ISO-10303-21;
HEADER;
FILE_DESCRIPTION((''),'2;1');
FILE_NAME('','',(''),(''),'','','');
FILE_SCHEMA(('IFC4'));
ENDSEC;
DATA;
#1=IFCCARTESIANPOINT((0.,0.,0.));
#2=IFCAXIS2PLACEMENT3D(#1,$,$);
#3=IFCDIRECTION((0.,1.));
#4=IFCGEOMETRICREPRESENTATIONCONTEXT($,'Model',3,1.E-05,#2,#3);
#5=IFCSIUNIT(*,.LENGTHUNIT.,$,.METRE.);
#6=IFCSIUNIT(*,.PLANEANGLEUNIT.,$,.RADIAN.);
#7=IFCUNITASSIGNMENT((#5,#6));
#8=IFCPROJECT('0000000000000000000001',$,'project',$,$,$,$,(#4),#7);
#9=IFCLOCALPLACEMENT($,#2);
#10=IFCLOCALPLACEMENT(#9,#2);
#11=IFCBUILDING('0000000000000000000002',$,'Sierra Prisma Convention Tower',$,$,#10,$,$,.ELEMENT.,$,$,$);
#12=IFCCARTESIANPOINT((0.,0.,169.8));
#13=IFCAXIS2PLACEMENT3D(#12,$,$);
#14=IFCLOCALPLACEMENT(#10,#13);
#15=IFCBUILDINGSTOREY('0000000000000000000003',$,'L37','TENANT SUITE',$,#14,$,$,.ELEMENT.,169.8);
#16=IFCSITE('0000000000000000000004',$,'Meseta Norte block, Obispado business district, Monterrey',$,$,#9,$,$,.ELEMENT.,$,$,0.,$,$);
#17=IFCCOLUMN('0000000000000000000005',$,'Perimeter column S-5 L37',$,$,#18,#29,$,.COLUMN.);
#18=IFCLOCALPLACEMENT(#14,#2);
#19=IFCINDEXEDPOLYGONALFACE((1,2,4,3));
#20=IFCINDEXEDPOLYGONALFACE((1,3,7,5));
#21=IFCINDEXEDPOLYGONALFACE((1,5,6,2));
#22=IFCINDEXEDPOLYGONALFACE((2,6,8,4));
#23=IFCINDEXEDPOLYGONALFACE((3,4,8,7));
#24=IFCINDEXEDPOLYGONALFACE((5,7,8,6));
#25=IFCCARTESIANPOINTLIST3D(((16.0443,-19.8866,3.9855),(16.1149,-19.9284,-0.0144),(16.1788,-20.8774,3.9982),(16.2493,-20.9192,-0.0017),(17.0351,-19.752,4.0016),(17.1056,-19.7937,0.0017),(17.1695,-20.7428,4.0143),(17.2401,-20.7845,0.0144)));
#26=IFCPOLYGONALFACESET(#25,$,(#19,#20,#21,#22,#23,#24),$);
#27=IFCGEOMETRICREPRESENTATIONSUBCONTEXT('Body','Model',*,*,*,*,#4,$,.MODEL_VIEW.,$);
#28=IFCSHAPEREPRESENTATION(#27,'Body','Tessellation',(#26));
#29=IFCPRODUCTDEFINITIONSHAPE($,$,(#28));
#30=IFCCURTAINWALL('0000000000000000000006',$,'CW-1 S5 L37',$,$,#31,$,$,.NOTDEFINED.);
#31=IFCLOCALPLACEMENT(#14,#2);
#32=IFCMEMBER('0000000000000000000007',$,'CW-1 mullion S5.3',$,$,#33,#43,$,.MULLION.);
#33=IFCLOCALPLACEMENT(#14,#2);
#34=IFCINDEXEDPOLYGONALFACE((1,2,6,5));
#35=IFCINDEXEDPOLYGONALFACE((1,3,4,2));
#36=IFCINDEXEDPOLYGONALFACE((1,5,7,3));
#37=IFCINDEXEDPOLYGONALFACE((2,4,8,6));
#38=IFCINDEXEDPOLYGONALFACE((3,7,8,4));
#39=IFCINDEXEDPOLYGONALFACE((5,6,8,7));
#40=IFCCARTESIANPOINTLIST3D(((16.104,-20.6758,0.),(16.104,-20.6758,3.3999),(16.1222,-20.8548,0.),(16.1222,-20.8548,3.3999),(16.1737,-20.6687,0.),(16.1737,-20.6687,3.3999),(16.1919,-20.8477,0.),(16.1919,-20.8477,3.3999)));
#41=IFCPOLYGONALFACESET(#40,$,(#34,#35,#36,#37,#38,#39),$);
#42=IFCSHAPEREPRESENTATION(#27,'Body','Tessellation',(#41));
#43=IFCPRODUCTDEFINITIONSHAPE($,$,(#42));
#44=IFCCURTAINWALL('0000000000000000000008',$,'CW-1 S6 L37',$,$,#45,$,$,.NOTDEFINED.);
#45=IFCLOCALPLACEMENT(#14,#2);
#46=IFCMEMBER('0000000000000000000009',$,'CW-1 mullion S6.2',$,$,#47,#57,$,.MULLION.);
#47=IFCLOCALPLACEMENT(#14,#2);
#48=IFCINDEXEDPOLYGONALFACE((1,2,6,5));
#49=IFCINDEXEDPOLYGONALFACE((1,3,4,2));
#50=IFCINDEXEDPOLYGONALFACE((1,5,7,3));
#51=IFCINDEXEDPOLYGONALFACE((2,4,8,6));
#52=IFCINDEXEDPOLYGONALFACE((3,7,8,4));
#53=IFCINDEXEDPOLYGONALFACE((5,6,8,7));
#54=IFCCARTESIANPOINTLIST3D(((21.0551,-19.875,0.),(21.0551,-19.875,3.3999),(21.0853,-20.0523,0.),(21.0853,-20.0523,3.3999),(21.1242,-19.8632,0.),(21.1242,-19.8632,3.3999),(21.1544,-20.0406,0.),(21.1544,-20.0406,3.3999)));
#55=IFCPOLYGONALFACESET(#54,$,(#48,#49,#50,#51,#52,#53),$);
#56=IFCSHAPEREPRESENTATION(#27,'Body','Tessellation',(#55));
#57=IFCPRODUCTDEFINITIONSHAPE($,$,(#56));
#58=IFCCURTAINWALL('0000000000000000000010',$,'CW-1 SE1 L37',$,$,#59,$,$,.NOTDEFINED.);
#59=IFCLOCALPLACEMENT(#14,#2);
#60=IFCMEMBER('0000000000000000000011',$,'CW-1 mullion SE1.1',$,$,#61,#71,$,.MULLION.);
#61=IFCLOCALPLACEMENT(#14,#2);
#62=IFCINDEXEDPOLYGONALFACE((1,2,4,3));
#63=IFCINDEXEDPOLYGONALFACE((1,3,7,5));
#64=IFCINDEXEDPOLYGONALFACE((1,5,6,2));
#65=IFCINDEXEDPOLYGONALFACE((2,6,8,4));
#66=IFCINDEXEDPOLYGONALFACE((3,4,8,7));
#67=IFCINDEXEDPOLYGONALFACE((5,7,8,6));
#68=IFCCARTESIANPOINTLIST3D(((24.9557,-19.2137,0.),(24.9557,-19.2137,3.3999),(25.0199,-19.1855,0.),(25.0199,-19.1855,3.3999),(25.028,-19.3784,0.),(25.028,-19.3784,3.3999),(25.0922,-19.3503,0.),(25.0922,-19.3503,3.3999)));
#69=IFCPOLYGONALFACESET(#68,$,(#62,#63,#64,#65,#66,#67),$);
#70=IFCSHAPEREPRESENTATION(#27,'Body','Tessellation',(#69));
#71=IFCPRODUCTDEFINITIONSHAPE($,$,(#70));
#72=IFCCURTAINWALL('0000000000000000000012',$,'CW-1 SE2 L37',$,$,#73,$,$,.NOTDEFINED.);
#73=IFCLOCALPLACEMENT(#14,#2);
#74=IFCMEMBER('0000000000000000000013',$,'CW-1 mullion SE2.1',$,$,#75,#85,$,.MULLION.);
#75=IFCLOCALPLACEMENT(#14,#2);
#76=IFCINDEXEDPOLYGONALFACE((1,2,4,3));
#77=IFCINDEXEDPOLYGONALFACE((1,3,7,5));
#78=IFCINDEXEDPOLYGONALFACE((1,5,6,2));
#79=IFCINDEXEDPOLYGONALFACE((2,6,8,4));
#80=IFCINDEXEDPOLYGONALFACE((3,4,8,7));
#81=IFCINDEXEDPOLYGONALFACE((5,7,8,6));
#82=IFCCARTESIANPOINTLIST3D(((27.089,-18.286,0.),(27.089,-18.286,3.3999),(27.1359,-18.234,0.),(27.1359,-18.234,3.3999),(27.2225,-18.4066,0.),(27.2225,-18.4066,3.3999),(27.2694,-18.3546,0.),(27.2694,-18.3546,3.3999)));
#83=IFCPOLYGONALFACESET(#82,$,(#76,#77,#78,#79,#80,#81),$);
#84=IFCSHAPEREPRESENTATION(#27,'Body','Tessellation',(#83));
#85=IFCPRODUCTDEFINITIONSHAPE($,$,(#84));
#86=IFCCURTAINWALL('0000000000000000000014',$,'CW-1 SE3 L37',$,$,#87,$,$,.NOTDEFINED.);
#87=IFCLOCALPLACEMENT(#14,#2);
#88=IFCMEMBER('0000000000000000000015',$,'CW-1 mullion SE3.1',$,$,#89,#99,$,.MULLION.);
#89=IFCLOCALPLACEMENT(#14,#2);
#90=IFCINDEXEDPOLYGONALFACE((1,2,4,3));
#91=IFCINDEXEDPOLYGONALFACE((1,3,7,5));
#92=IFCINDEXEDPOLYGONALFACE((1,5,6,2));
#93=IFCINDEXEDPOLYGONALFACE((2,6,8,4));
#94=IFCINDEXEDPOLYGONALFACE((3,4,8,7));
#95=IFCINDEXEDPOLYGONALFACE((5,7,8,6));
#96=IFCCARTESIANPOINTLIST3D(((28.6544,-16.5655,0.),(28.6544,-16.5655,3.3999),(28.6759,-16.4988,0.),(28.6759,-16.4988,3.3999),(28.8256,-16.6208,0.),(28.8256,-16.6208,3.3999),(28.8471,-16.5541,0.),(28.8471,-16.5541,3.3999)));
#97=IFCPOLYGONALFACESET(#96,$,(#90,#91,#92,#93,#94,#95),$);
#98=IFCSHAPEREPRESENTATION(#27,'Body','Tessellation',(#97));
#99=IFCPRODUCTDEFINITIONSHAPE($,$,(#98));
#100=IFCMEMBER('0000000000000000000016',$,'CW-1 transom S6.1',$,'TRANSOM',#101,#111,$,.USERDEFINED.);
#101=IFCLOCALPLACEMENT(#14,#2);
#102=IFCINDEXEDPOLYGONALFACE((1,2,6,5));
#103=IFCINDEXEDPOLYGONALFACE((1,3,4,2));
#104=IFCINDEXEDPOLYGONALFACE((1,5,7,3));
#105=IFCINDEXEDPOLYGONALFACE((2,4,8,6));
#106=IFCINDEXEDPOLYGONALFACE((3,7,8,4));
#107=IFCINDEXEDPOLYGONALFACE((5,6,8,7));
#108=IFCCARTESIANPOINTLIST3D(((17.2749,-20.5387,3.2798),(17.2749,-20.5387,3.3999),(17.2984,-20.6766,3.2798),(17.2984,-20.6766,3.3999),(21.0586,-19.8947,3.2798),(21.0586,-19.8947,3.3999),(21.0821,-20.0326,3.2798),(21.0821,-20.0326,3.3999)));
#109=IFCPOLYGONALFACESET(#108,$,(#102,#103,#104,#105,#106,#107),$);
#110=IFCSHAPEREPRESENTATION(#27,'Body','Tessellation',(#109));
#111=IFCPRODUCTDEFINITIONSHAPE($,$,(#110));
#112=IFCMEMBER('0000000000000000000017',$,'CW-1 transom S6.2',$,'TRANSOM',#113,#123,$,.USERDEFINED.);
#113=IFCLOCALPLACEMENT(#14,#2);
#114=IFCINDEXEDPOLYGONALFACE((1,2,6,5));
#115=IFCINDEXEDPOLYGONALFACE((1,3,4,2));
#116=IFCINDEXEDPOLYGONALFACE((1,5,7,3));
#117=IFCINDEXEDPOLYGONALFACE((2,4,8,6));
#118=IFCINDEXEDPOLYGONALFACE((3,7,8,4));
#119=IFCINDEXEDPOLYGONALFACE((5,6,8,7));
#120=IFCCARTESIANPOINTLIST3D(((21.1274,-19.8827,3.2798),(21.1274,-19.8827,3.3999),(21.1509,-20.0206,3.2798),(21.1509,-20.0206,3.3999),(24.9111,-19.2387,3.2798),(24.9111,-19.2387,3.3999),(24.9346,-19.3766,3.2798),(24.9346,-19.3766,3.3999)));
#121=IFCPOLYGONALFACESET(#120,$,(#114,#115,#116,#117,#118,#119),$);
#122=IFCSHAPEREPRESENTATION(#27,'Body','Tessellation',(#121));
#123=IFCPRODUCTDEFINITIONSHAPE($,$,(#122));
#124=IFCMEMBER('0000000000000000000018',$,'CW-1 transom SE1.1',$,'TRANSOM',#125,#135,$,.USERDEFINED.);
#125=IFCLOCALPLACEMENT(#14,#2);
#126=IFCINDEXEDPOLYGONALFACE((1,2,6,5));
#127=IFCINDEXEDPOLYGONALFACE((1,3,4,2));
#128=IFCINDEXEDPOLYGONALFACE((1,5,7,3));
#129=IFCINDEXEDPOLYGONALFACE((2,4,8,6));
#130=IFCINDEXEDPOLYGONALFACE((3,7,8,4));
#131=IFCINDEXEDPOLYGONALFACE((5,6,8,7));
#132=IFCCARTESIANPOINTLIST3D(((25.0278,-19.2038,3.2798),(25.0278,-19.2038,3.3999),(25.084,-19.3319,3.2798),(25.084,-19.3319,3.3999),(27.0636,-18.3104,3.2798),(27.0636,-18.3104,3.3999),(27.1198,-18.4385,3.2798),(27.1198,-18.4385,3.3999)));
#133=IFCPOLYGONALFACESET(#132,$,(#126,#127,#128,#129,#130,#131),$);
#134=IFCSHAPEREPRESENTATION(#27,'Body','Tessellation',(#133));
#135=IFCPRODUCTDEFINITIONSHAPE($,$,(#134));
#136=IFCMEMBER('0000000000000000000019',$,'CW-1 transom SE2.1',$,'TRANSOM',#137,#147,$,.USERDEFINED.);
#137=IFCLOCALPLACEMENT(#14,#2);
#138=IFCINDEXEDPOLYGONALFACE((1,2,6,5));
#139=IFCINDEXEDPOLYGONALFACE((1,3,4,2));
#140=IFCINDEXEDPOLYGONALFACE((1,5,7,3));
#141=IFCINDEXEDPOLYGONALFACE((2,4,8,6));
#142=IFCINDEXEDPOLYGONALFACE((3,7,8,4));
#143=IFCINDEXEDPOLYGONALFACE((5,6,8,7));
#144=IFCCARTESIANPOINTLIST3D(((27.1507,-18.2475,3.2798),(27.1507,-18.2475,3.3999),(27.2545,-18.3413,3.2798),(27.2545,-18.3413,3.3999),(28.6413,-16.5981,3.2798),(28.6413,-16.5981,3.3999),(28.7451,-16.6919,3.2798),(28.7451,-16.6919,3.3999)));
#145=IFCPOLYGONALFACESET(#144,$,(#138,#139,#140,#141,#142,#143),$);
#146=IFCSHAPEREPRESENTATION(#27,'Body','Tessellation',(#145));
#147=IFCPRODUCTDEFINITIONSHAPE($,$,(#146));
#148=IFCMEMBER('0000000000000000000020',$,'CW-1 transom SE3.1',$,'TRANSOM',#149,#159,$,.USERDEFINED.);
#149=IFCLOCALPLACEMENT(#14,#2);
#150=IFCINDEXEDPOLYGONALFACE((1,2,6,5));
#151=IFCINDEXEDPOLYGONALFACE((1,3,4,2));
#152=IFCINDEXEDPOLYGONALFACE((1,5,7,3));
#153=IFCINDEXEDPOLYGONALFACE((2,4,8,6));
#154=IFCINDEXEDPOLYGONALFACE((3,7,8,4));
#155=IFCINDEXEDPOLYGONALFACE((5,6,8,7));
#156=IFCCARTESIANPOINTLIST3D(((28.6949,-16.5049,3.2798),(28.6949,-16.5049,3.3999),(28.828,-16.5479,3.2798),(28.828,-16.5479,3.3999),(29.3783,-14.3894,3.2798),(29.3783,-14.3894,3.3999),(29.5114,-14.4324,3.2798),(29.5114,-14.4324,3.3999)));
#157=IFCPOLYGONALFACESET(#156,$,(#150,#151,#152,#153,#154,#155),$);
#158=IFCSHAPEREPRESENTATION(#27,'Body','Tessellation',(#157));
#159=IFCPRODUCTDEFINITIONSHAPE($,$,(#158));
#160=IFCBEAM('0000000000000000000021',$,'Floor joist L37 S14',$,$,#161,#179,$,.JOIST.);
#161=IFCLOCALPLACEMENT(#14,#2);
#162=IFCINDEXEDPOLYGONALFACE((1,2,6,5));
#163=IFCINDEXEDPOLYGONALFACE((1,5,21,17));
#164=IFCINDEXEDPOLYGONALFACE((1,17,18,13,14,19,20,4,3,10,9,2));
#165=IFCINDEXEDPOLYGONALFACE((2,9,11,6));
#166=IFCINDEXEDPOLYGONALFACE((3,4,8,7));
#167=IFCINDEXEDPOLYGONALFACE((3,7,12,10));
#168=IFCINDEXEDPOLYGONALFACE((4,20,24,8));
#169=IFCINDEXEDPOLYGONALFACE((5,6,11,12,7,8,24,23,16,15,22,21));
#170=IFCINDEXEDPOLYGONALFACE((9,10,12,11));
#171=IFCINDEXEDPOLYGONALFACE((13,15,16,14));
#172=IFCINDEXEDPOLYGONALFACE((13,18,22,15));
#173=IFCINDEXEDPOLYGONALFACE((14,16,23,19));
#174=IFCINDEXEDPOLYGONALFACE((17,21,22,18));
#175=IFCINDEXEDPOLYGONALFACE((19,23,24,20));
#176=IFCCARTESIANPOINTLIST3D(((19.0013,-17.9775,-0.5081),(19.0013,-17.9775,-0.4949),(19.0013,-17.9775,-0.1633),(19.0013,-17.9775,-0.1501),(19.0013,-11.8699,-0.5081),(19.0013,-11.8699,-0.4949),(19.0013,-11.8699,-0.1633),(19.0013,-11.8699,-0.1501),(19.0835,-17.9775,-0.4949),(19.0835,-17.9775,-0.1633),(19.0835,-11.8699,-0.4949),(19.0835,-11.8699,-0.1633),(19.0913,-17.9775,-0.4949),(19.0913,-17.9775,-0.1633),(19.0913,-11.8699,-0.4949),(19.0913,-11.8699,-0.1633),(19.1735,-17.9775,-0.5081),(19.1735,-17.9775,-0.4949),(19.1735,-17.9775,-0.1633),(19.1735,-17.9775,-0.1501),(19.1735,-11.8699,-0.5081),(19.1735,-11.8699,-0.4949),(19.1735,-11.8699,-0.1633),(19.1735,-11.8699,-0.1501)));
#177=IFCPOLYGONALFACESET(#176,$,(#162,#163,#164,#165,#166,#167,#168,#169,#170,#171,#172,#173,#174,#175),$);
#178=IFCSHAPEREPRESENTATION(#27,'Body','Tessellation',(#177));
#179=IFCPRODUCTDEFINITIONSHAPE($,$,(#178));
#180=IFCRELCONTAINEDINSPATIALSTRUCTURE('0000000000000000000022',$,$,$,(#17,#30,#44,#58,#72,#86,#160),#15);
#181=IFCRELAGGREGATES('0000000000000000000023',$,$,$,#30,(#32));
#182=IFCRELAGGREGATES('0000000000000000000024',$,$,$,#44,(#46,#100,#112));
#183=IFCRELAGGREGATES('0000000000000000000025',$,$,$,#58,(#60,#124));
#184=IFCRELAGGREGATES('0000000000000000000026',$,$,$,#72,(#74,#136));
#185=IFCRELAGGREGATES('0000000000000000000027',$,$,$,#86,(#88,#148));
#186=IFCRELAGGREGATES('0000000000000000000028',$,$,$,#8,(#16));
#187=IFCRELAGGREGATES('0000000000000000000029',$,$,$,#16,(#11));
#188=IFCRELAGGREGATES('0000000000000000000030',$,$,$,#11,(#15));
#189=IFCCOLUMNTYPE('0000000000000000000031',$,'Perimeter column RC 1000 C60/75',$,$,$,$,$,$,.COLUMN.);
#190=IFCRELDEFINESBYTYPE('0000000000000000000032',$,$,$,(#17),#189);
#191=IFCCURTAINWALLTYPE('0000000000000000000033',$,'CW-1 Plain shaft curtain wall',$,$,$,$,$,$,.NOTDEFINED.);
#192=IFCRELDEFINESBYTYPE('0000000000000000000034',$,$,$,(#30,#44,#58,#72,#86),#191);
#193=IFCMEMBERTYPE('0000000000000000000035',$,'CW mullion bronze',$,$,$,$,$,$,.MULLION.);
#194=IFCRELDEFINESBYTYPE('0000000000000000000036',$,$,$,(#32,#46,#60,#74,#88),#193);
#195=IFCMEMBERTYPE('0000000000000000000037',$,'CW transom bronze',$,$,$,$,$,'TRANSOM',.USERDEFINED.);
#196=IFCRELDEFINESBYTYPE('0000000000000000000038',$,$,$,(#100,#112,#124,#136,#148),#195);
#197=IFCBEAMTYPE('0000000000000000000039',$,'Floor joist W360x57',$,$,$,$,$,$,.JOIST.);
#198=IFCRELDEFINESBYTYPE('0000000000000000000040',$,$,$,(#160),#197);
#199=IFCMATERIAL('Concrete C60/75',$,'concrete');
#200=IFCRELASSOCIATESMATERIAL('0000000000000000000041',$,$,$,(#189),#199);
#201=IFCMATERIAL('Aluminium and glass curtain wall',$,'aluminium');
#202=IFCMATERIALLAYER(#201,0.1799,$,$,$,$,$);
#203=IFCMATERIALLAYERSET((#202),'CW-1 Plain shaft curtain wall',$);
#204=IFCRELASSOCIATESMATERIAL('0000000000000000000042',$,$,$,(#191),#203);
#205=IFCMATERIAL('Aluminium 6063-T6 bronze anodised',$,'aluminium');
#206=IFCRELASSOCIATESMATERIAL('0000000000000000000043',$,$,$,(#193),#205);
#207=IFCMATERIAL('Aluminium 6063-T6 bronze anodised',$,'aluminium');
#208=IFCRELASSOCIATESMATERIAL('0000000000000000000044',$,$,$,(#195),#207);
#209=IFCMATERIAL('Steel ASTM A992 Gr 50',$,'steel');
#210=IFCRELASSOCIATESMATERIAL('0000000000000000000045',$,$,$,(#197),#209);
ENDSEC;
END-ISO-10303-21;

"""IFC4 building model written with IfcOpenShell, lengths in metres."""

from ifc_helpers import new_model, si_unit, direction, frame, origin, origin_2d, place, context, subcontext, project, spatial, rectangle, i_section, extrude, material, layer, layer_set, material_profile, profile_set, type_object, element, aggregate, save


model = new_model("IFC4")

# Units and contexts
model_context = context("Model", 3, precision=1e-05, world=origin(), true_north=direction((0.0, 1.0)))
body_context = subcontext(model_context, "Body", "Model", "MODEL_VIEW")
ifc_project = project(units=[si_unit("LENGTHUNIT", "METRE"), si_unit("PLANEANGLEUNIT", "RADIAN")], contexts=[model_context])

# Site, building, storey
site_placement = place(None, origin())
site = spatial("IfcSite", under=ifc_project, at=site_placement, Name="Meseta Norte block, Obispado business district, Monterrey", CompositionType="ELEMENT", RefElevation=0.0)
building_placement = place(site_placement, origin())
building = spatial("IfcBuilding", under=site, at=building_placement, Name="Sierra Prisma Convention Tower", CompositionType="ELEMENT")
storey_placement = place(building_placement, frame((0.0, 0.0, 169.8)))
storey = spatial("IfcBuildingStorey", under=building, at=storey_placement, Name="L37", Description="TENANT SUITE", CompositionType="ELEMENT", Elevation=169.8)

# Column
ifc_material_1 = material(Name="Concrete C60/75", Category="concrete")
ifc_material_profile_1 = material_profile(ifc_material_1, rectangle(XDim=1.0, YDim=1.0, at=origin_2d()), Name="Perimeter column RC 1000 C60/75")
ifc_profile_set_1 = profile_set([ifc_material_profile_1], Name="Concrete C60/75")
column_type = type_object("IfcColumnType", Name="Perimeter column RC 1000 C60/75", PredefinedType="COLUMN", material=ifc_profile_set_1)
column_placement = place(storey_placement, frame((16.6775, -20.3564, 0.0), z_axis=(-0.017635, 0.010435, 0.99979), x_axis=(0.990763, 0.134649, 0.016071)))
element("IfcColumn", 1, at=column_placement, inside=storey, type_object=column_type, Name="Perimeter column S-5 L37", PredefinedType="COLUMN", context=body_context, shape_type="SweptSolid", body=[
    extrude(rectangle(XDim=1.0, YDim=1.0, at=origin_2d()), origin(), (0.0, 0.0, 1.0), 4.0007),
])

# Curtain walls, members
ifc_material_2 = material(Name="Aluminium and glass curtain wall", Category="aluminium")
ifc_layer_1 = layer(ifc_material_2, 0.1799)
ifc_layer_set_1 = layer_set([ifc_layer_1], Name="CW-1 Plain shaft curtain wall")
curtain_wall_type = type_object("IfcCurtainWallType", Name="CW-1 Plain shaft curtain wall", PredefinedType="NOTDEFINED", material=ifc_layer_set_1)
curtain_wall_1_placement = place(storey_placement, origin())
curtain_wall_1 = element("IfcCurtainWall", 2, at=curtain_wall_1_placement, inside=storey, type_object=curtain_wall_type, Name="CW-1 S5 L37", PredefinedType="NOTDEFINED")
ifc_material_3 = material(Name="Aluminium 6063-T6 bronze anodised", Category="aluminium")
ifc_material_profile_2 = material_profile(ifc_material_3, rectangle(XDim=0.1799, YDim=0.0701, at=origin_2d()), Name="ALU MULLION 70x180")
ifc_profile_set_2 = profile_set([ifc_material_profile_2], Name="Aluminium 6063-T6 bronze anodised")
member_type_1 = type_object("IfcMemberType", Name="CW mullion bronze", PredefinedType="MULLION", material=ifc_profile_set_2)
member_1_placement = place(storey_placement, frame((16.1479, -20.7617, 0.0), z_axis=(0.0, 0.0, 1.0), x_axis=(-0.100989, 0.994888, 0.0)))
member_1 = element("IfcMember", 3, at=member_1_placement, type_object=member_type_1, Name="CW-1 mullion S5.3", PredefinedType="MULLION", context=body_context, shape_type="SweptSolid", body=[
    extrude(rectangle(XDim=0.1799, YDim=0.0701, at=origin_2d()), origin(), (0.0, 0.0, 1.0), 3.3999),
])
curtain_wall_2_placement = place(storey_placement, origin())
curtain_wall_2 = element("IfcCurtainWall", 4, at=curtain_wall_2_placement, inside=storey, type_object=curtain_wall_type, Name="CW-1 S6 L37", PredefinedType="NOTDEFINED")
member_2_placement = place(storey_placement, frame((21.1047, -19.9578, 0.0), z_axis=(0.0, 0.0, 1.0), x_axis=(-0.167805, 0.98582, 0.0)))
member_2 = element("IfcMember", 5, at=member_2_placement, type_object=member_type_1, Name="CW-1 mullion S6.2", PredefinedType="MULLION", context=body_context, shape_type="SweptSolid", body=[
    extrude(rectangle(XDim=0.1799, YDim=0.0701, at=origin_2d()), origin(), (0.0, 0.0, 1.0), 3.3999),
])
curtain_wall_3_placement = place(storey_placement, origin())
curtain_wall_3 = element("IfcCurtainWall", 6, at=curtain_wall_3_placement, inside=storey, type_object=curtain_wall_type, Name="CW-1 SE1 L37", PredefinedType="NOTDEFINED")
member_3_placement = place(storey_placement, frame((25.0239, -19.282, 0.0), z_axis=(0.0, 0.0, 1.0), x_axis=(-0.401855, 0.915703, 0.0)))
member_3 = element("IfcMember", 7, at=member_3_placement, type_object=member_type_1, Name="CW-1 mullion SE1.1", PredefinedType="MULLION", context=body_context, shape_type="SweptSolid", body=[
    extrude(rectangle(XDim=0.1799, YDim=0.0701, at=origin_2d()), origin(), (0.0, 0.0, 1.0), 3.3999),
])
curtain_wall_4_placement = place(storey_placement, origin())
curtain_wall_4 = element("IfcCurtainWall", 8, at=curtain_wall_4_placement, inside=storey, type_object=curtain_wall_type, Name="CW-1 SE2 L37", PredefinedType="NOTDEFINED")
member_4_placement = place(storey_placement, frame((27.1792, -18.3203, 0.0), z_axis=(0.0, 0.0, 1.0), x_axis=(-0.741953, 0.670452, 0.0)))
member_4 = element("IfcMember", 9, at=member_4_placement, type_object=member_type_1, Name="CW-1 mullion SE2.1", PredefinedType="MULLION", context=body_context, shape_type="SweptSolid", body=[
    extrude(rectangle(XDim=0.1799, YDim=0.0701, at=origin_2d()), origin(), (0.0, 0.0, 1.0), 3.3999),
])
curtain_wall_5_placement = place(storey_placement, origin())
curtain_wall_5 = element("IfcCurtainWall", 10, at=curtain_wall_5_placement, inside=storey, type_object=curtain_wall_type, Name="CW-1 SE3 L37", PredefinedType="NOTDEFINED")
member_5_placement = place(storey_placement, frame((28.7507, -16.5598, 0.0), z_axis=(0.0, 0.0, 1.0), x_axis=(-0.951605, 0.307325, 0.0)))
member_5 = element("IfcMember", 11, at=member_5_placement, type_object=member_type_1, Name="CW-1 mullion SE3.1", PredefinedType="MULLION", context=body_context, shape_type="SweptSolid", body=[
    extrude(rectangle(XDim=0.1799, YDim=0.0701, at=origin_2d()), origin(), (0.0, 0.0, 1.0), 3.3999),
])

# Members
ifc_material_4 = material(Name="Aluminium 6063-T6 bronze anodised", Category="aluminium")
ifc_material_profile_3 = material_profile(ifc_material_4, rectangle(XDim=0.1399, YDim=0.1201, at=origin_2d()), Name="ALU TRANSOM 120x140")
ifc_profile_set_3 = profile_set([ifc_material_profile_3], Name="Aluminium 6063-T6 bronze anodised")
member_type_2 = type_object("IfcMemberType", Name="CW transom bronze", ElementType="TRANSOM", PredefinedType="USERDEFINED", material=ifc_profile_set_3)
member_6_placement = place(storey_placement, frame((17.2866, -20.6077, 3.3398), z_axis=(0.985821, 0.167802, 0.0), x_axis=(-0.167802, 0.985821, 0.0)))
member_6 = element("IfcMember", 12, at=member_6_placement, type_object=member_type_2, Name="CW-1 transom S6.1", ObjectType="TRANSOM", PredefinedType="USERDEFINED", context=body_context, shape_type="SweptSolid", body=[
    extrude(rectangle(XDim=0.1399, YDim=0.1201, at=origin_2d()), origin(), (0.0, 0.0, 1.0), 3.8381),
])
member_7_placement = place(storey_placement, frame((21.1392, -19.9517, 3.3398), z_axis=(0.985821, 0.167802, 0.0), x_axis=(-0.167802, 0.985821, 0.0)))
member_7 = element("IfcMember", 13, at=member_7_placement, type_object=member_type_2, Name="CW-1 transom S6.2", ObjectType="TRANSOM", PredefinedType="USERDEFINED", context=body_context, shape_type="SweptSolid", body=[
    extrude(rectangle(XDim=0.1399, YDim=0.1201, at=origin_2d()), origin(), (0.0, 0.0, 1.0), 3.8381),
])
member_8_placement = place(storey_placement, frame((25.0559, -19.2678, 3.3398), z_axis=(0.915708, 0.401844, 0.0), x_axis=(-0.401844, 0.915708, 0.0)))
member_8 = element("IfcMember", 14, at=member_8_placement, type_object=member_type_2, Name="CW-1 transom SE1.1", ObjectType="TRANSOM", PredefinedType="USERDEFINED", context=body_context, shape_type="SweptSolid", body=[
    extrude(rectangle(XDim=0.1399, YDim=0.1201, at=origin_2d()), origin(), (0.0, 0.0, 1.0), 2.2231),
])
member_9_placement = place(storey_placement, frame((27.2026, -18.2944, 3.3398), z_axis=(0.670456, 0.741949, 0.0), x_axis=(-0.741949, 0.670456, 0.0)))
member_9 = element("IfcMember", 15, at=member_9_placement, type_object=member_type_2, Name="CW-1 transom SE2.1", ObjectType="TRANSOM", PredefinedType="USERDEFINED", context=body_context, shape_type="SweptSolid", body=[
    extrude(rectangle(XDim=0.1399, YDim=0.1201, at=origin_2d()), origin(), (0.0, 0.0, 1.0), 2.2231),
])
member_10_placement = place(storey_placement, frame((28.7615, -16.5264, 3.3398), z_axis=(0.307385, 0.951585, 0.0), x_axis=(-0.951585, 0.307385, 0.0)))
member_10 = element("IfcMember", 16, at=member_10_placement, type_object=member_type_2, Name="CW-1 transom SE3.1", ObjectType="TRANSOM", PredefinedType="USERDEFINED", context=body_context, shape_type="SweptSolid", body=[
    extrude(rectangle(XDim=0.1399, YDim=0.1201, at=origin_2d()), origin(), (0.0, 0.0, 1.0), 2.2231),
])

# Beam
ifc_material_5 = material(Name="Steel ASTM A992 Gr 50", Category="steel")
ifc_material_profile_4 = material_profile(ifc_material_5, i_section(OverallWidth=0.1721, OverallDepth=0.3579, WebThickness=0.0078, FlangeThickness=0.0132, at=origin_2d()), Name="W360x57")
ifc_profile_set_4 = profile_set([ifc_material_profile_4], Name="Steel ASTM A992 Gr 50")
beam_type_1 = type_object("IfcBeamType", Name="Floor joist W360x57", PredefinedType="JOIST", material=ifc_profile_set_4)
beam_1_placement = place(storey_placement, frame((19.0874, -17.9775, -0.3291), z_axis=(0.0, 1.0, 0.0), x_axis=(-1.0, 0.0, 0.0)))
element("IfcBeam", 17, at=beam_1_placement, inside=storey, type_object=beam_type_1, Name="Floor joist L37 S14", PredefinedType="JOIST", context=body_context, shape_type="SweptSolid", body=[
    extrude(i_section(OverallWidth=0.1721, OverallDepth=0.3579, WebThickness=0.0078, FlangeThickness=0.0132, at=origin_2d()), origin(), (0.0, 0.0, 1.0), 6.1077),
])

aggregate(curtain_wall_1, [member_1])
aggregate(curtain_wall_2, [member_2, member_6, member_7])
aggregate(curtain_wall_3, [member_3, member_8])
aggregate(curtain_wall_4, [member_4, member_9])
aggregate(curtain_wall_5, [member_5, member_10])

save(model, "model.ifc")
